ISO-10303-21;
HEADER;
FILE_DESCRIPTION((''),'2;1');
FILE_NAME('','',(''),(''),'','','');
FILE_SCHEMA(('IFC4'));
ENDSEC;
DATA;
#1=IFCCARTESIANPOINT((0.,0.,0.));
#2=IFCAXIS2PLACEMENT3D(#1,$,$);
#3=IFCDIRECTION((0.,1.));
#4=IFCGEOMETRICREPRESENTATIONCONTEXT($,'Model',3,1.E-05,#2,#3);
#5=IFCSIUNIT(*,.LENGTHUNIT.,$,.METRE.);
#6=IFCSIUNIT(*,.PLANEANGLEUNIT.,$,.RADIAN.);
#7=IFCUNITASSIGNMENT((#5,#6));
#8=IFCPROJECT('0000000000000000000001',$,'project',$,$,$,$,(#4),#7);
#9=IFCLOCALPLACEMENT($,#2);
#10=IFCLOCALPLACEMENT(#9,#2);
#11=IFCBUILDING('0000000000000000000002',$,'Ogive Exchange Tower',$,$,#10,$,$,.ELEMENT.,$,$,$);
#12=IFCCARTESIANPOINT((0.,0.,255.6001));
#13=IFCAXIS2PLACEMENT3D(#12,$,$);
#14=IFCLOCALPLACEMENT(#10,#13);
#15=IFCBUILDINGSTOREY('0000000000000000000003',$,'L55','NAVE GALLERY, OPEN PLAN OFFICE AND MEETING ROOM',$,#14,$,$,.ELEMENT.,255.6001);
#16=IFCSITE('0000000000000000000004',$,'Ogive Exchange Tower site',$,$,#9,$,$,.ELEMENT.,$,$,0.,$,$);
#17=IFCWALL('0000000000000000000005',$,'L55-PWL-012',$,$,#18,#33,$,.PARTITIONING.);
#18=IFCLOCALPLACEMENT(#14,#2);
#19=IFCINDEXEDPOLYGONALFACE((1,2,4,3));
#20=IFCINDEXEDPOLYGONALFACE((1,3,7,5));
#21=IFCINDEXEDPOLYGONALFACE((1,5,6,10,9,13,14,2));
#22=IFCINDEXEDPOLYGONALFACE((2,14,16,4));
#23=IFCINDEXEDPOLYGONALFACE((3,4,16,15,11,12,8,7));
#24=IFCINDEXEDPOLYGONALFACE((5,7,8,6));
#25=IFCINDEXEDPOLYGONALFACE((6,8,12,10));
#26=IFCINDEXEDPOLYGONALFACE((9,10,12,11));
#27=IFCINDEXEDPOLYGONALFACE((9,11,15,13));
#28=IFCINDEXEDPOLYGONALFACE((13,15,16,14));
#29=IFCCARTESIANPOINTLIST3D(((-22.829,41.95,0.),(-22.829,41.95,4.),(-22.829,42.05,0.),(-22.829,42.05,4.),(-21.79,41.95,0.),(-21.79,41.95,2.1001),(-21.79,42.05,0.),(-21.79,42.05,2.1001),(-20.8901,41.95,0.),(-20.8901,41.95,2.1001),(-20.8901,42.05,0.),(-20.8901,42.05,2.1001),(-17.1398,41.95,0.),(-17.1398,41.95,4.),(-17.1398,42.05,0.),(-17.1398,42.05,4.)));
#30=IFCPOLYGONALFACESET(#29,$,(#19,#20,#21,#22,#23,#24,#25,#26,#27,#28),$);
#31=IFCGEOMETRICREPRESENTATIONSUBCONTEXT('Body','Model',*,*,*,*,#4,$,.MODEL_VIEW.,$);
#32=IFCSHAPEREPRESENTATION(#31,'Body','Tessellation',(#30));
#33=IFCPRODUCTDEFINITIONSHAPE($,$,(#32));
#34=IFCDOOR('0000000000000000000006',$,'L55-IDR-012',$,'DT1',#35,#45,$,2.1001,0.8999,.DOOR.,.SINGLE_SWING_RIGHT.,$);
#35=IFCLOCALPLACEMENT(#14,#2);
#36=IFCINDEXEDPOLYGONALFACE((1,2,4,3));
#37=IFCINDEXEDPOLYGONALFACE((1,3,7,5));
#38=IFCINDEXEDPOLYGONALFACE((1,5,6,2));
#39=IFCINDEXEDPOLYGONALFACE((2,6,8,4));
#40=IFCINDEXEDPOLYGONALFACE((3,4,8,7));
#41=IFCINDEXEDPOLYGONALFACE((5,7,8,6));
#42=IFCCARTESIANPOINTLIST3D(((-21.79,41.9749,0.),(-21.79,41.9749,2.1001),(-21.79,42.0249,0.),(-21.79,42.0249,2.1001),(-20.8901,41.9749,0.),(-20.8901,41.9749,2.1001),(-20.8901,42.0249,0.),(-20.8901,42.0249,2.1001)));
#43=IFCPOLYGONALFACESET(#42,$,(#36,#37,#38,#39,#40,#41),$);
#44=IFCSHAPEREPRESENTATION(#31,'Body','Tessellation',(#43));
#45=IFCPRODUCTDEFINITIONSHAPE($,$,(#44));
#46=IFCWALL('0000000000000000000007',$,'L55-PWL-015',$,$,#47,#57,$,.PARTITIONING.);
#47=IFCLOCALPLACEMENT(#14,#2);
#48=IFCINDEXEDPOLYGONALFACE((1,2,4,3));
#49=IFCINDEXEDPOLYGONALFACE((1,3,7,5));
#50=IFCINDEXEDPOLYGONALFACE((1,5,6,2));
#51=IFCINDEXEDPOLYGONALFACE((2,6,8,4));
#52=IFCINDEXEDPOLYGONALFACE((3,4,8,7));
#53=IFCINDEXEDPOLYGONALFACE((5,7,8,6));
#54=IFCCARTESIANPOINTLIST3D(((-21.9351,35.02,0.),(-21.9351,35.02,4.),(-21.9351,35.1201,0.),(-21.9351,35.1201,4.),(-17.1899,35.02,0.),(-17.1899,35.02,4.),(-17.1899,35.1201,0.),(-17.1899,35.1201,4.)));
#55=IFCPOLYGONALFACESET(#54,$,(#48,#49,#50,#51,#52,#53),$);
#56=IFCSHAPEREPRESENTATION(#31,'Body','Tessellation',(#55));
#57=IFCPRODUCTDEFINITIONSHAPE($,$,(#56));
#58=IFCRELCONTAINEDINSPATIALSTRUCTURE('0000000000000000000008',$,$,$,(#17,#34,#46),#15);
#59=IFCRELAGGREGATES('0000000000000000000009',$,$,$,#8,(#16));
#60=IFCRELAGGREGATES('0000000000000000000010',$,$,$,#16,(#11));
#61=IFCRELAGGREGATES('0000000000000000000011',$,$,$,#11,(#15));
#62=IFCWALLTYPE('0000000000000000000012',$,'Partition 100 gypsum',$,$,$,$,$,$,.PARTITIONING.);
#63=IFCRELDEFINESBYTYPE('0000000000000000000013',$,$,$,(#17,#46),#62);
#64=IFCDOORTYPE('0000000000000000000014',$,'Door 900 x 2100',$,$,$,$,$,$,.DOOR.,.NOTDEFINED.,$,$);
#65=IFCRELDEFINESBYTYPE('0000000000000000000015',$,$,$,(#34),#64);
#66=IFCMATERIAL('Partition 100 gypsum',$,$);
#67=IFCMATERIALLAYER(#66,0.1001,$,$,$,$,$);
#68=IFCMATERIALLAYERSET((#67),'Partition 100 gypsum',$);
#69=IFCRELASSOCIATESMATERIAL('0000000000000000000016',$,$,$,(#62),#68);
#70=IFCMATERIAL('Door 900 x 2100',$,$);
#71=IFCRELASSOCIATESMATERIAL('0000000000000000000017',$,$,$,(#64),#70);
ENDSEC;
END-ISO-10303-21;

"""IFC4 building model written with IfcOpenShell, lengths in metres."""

from ifc_helpers import new_model, si_unit, direction, frame, frame_2d, origin, place, context, subcontext, project, spatial, rectangle, extrude, material, layer, layer_set, type_object, element, fill, save


model = new_model("IFC4")

# Units and contexts
model_context = context("Model", 3, precision=1e-05, world=origin(), true_north=direction((0.0, 1.0)))
body_context = subcontext(model_context, "Body", "Model", "MODEL_VIEW")
ifc_project = project(units=[si_unit("LENGTHUNIT", "METRE"), si_unit("PLANEANGLEUNIT", "RADIAN")], contexts=[model_context])

# Site, building, storey
site_placement = place(None, origin())
site = spatial("IfcSite", under=ifc_project, at=site_placement, Name="Ogive Exchange Tower site", CompositionType="ELEMENT", RefElevation=0.0)
building_placement = place(site_placement, origin())
building = spatial("IfcBuilding", under=site, at=building_placement, Name="Ogive Exchange Tower", CompositionType="ELEMENT")
storey_placement = place(building_placement, frame((0.0, 0.0, 255.6001)))
storey = spatial("IfcBuildingStorey", under=building, at=storey_placement, Name="L55", Description="NAVE GALLERY, OPEN PLAN OFFICE AND MEETING ROOM", CompositionType="ELEMENT", Elevation=255.6001)

# Wall, opening, door
ifc_material_1 = material(Name="Partition 100 gypsum")
ifc_layer_1 = layer(ifc_material_1, 0.1001)
ifc_layer_set_1 = layer_set([ifc_layer_1], Name="Partition 100 gypsum")
wall_type_1 = type_object("IfcWallType", Name="Partition 100 gypsum", PredefinedType="PARTITIONING", material=ifc_layer_set_1)
wall_1_placement = place(storey_placement, frame((-22.8291, 42.0, 0.0), z_axis=(0.0, 0.0, 1.0), x_axis=(1.0, 0.0, 0.0)))
wall_1 = element("IfcWall", 1, at=wall_1_placement, inside=storey, type_object=wall_type_1, Name="L55-PWL-012", PredefinedType="PARTITIONING", context=body_context, shape_type="SweptSolid", body=[
    extrude(rectangle(XDim=5.6892, YDim=0.1001, at=frame_2d((2.8447, 0.0))), origin(), (0.0, 0.0, 1.0), 4.0),
])
opening_1_placement = place(wall_1_placement, frame((1.0391, 0.0, 0.0)))
opening_1 = element("IfcOpeningElement", 2, at=opening_1_placement, cuts=wall_1, PredefinedType="OPENING", context=body_context, shape_type="SweptSolid", body=[
    extrude(rectangle(XDim=0.8999, YDim=2.1001, at=frame_2d((0.45, 1.05))), frame((0.0, 0.0601, 0.0), z_axis=(0.0, -1.0, 0.0), x_axis=(1.0, 0.0, 0.0)), (0.0, 0.0, 1.0), 0.1201),
])
ifc_material_2 = material(Name="Door 900 x 2100")
door_type_1 = type_object("IfcDoorType", Name="Door 900 x 2100", OperationType="NOTDEFINED", PredefinedType="DOOR", material=ifc_material_2)
door_1_placement = place(opening_1_placement, origin())
door_1 = element("IfcDoor", 3, at=door_1_placement, inside=storey, type_object=door_type_1, Name="L55-IDR-012", ObjectType="DT1", OperationType="SINGLE_SWING_RIGHT", OverallHeight=2.1001, OverallWidth=0.8999, PredefinedType="DOOR", context=body_context, shape_type="SweptSolid", body=[
    extrude(rectangle(XDim=0.8999, YDim=2.1001, at=frame_2d((0.45, 1.05))), frame((0.0, 0.0249, 0.0), z_axis=(0.0, -1.0, 0.0), x_axis=(1.0, 0.0, 0.0)), (0.0, 0.0, 1.0), 0.05),
])
fill(opening_1, door_1)

# Wall
wall_2_placement = place(storey_placement, frame((-21.9351, 35.0701, 0.0), z_axis=(0.0, 0.0, 1.0), x_axis=(1.0, 0.0, 0.0)))
element("IfcWall", 4, at=wall_2_placement, inside=storey, type_object=wall_type_1, Name="L55-PWL-015", PredefinedType="PARTITIONING", context=body_context, shape_type="SweptSolid", body=[
    extrude(rectangle(XDim=4.7451, YDim=0.1001, at=frame_2d((2.3726, 0.0))), origin(), (0.0, 0.0, 1.0), 4.0),
])

save(model, "model.ifc")
